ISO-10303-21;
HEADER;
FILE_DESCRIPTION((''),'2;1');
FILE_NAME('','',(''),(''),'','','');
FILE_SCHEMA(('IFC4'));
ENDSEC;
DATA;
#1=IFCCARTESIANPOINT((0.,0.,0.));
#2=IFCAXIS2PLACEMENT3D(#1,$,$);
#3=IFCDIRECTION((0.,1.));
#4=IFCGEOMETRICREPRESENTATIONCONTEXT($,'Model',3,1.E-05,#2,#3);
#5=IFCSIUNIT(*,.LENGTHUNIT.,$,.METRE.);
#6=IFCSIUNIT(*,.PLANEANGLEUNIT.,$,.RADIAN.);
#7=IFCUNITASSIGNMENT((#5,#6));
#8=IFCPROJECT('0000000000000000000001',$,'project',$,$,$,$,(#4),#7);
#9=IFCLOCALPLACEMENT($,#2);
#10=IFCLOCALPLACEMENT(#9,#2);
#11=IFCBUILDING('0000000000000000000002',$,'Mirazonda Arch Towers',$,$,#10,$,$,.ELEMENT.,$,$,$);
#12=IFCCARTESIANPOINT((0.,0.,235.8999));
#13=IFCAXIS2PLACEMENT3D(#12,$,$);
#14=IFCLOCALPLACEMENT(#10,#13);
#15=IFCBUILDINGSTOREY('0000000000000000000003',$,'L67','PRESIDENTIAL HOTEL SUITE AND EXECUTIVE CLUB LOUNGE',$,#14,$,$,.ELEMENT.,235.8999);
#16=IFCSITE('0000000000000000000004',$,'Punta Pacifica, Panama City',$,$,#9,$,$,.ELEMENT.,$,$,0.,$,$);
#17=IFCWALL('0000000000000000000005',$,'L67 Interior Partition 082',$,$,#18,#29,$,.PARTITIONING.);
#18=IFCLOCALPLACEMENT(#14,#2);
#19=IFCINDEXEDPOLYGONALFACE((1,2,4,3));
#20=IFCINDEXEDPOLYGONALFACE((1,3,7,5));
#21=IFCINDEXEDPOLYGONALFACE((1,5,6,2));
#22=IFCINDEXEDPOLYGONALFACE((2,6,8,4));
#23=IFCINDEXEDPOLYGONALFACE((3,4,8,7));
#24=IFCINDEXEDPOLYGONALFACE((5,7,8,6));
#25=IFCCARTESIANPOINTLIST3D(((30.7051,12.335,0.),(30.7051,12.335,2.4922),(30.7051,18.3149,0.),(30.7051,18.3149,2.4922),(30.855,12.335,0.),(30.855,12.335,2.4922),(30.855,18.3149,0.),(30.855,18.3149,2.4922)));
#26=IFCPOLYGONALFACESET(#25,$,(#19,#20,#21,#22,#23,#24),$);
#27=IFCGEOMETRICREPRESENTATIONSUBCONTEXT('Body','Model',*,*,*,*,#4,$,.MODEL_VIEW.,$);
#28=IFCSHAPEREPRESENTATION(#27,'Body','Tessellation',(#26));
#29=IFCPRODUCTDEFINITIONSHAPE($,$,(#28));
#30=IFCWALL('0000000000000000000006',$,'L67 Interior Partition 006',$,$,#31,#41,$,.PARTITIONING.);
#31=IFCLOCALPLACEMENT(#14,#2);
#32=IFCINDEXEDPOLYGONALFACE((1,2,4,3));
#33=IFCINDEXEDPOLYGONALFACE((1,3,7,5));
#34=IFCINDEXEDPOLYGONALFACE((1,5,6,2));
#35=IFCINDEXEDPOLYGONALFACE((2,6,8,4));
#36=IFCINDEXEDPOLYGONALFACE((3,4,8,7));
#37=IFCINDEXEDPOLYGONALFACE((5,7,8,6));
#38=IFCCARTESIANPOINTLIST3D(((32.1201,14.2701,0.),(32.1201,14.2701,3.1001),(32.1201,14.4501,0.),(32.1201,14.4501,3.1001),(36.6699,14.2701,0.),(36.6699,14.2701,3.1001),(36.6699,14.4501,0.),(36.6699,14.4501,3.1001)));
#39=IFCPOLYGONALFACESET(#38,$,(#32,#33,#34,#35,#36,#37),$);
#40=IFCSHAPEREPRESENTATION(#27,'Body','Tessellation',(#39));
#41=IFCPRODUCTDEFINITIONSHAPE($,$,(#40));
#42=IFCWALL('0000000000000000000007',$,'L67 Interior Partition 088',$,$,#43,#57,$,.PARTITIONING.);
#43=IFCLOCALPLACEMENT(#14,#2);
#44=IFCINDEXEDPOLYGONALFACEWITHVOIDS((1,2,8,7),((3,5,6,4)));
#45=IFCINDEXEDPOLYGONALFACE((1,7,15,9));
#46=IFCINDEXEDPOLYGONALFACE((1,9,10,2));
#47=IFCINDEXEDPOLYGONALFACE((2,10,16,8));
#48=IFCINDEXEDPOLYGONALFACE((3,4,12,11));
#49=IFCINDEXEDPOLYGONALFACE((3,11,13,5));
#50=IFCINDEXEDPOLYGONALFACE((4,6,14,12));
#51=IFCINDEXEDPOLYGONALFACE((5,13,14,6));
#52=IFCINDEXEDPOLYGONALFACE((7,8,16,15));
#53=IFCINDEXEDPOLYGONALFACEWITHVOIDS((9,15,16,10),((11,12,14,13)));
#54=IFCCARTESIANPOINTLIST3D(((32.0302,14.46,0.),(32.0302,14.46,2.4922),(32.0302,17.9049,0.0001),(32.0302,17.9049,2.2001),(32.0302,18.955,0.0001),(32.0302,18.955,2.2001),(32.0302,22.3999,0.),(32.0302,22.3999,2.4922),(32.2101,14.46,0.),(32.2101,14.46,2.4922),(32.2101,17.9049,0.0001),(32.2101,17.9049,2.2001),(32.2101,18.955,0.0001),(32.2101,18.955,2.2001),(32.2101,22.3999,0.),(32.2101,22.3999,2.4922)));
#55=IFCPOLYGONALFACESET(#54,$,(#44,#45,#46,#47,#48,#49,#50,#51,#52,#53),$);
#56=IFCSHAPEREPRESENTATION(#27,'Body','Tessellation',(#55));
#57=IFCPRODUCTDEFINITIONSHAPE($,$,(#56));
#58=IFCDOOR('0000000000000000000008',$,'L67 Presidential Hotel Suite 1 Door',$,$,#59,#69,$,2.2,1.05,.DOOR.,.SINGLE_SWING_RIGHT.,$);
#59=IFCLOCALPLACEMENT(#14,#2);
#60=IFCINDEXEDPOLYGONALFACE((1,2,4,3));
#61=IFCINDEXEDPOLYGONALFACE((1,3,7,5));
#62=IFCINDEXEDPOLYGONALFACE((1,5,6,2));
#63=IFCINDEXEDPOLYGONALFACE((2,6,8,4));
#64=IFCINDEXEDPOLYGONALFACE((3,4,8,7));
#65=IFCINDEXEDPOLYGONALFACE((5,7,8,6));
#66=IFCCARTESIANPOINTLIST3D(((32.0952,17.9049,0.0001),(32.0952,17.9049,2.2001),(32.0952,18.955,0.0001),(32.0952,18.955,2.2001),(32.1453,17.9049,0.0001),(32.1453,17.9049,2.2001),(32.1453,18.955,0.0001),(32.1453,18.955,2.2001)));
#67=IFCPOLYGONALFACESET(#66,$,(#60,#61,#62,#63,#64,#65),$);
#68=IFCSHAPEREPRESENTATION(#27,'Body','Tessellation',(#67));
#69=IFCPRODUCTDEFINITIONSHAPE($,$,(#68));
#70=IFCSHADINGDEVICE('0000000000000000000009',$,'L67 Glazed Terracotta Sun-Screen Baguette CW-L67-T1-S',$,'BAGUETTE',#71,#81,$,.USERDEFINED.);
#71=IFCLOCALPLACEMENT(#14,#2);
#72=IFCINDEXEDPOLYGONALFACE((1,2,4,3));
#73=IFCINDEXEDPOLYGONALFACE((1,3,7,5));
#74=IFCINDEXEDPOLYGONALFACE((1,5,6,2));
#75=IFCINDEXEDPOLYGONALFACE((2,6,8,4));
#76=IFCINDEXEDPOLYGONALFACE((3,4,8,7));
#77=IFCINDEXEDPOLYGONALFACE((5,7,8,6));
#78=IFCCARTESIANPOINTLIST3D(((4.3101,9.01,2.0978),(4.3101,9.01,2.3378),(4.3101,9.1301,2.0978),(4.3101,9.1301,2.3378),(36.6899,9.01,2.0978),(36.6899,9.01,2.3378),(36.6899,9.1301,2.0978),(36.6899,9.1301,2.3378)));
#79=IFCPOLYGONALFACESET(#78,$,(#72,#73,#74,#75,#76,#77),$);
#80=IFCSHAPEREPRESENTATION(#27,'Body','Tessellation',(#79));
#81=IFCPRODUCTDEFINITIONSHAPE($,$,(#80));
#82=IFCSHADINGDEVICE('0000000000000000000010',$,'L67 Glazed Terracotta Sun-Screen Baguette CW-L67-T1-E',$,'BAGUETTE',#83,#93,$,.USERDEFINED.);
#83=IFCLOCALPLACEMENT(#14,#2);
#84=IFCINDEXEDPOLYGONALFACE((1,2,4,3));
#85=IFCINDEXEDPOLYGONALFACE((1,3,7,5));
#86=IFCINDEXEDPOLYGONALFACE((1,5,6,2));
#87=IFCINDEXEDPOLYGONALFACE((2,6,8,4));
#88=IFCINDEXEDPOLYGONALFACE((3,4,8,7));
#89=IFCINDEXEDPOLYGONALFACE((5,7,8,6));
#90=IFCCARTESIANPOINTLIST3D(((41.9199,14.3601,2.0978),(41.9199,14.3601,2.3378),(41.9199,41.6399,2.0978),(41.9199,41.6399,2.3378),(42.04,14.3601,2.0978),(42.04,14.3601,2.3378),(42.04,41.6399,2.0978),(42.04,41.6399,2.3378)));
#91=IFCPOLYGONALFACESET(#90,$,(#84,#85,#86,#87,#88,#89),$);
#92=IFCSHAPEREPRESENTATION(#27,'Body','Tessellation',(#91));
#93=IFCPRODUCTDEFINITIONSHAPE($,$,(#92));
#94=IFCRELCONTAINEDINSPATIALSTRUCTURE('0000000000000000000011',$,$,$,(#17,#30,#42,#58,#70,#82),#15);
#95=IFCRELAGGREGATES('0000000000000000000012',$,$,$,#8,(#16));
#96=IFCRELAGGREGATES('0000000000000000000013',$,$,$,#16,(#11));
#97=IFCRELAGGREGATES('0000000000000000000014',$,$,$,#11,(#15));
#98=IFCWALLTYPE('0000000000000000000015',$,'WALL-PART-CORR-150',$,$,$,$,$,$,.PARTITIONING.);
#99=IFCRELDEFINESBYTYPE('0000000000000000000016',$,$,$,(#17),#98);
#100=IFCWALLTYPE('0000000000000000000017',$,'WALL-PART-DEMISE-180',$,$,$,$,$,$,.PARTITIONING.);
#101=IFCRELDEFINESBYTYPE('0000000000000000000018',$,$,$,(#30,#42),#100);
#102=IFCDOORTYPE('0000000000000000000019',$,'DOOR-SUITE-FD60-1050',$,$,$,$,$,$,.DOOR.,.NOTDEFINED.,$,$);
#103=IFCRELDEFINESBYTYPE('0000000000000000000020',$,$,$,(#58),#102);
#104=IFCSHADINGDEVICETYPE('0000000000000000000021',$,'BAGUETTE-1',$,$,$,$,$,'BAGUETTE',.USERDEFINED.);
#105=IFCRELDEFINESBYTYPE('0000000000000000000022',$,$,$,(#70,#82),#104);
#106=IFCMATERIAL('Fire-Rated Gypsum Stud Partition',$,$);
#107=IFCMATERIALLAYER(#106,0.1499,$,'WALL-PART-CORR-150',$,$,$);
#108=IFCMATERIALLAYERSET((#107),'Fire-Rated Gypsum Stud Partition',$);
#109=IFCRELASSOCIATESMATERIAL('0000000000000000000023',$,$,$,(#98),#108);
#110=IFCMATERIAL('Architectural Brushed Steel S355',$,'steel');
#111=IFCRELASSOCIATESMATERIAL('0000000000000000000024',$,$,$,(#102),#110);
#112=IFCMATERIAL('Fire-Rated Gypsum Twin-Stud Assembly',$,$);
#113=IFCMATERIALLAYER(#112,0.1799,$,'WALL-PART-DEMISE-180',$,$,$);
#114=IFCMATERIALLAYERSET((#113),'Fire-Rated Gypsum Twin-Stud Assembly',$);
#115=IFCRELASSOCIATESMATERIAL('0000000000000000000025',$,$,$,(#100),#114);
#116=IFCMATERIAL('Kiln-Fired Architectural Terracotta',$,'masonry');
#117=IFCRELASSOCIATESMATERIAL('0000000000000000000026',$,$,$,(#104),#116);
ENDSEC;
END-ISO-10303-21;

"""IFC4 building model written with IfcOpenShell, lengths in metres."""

from ifc_helpers import new_model, si_unit, direction, frame, frame_2d, origin, origin_2d, place, context, subcontext, project, spatial, rectangle, extrude, material, layer, layer_set, material_profile, profile_set, type_object, element, fill, save


model = new_model("IFC4")

# Units and contexts
model_context = context("Model", 3, precision=1e-05, world=origin(), true_north=direction((0.0, 1.0)))
body_context = subcontext(model_context, "Body", "Model", "MODEL_VIEW")
ifc_project = project(units=[si_unit("LENGTHUNIT", "METRE"), si_unit("PLANEANGLEUNIT", "RADIAN")], contexts=[model_context])

# Site, building, storey
site_placement = place(None, origin())
site = spatial("IfcSite", under=ifc_project, at=site_placement, Name="Punta Pacifica, Panama City", CompositionType="ELEMENT", RefElevation=0.0)
building_placement = place(site_placement, origin())
building = spatial("IfcBuilding", under=site, at=building_placement, Name="Mirazonda Arch Towers", CompositionType="ELEMENT")
storey_placement = place(building_placement, frame((0.0, 0.0, 235.8999)))
storey = spatial("IfcBuildingStorey", under=building, at=storey_placement, Name="L67", Description="PRESIDENTIAL HOTEL SUITE AND EXECUTIVE CLUB LOUNGE", CompositionType="ELEMENT", Elevation=235.8999)

# Shared definitions
ifc_material_1 = material(Name="Fire-Rated Gypsum Stud Partition")
ifc_layer_1 = layer(ifc_material_1, 0.1499, Name="WALL-PART-CORR-150")
ifc_layer_set_1 = layer_set([ifc_layer_1], Name="Fire-Rated Gypsum Stud Partition")
wall_type_1 = type_object("IfcWallType", Name="WALL-PART-CORR-150", PredefinedType="PARTITIONING", material=ifc_layer_set_1)
ifc_material_2 = material(Name="Architectural Brushed Steel S355", Category="steel")
door_type_1 = type_object("IfcDoorType", Name="DOOR-SUITE-FD60-1050", OperationType="NOTDEFINED", PredefinedType="DOOR", material=ifc_material_2)

# Walls
wall_1_placement = place(storey_placement, frame((30.78, 12.335, 0.0), z_axis=(0.0, 0.0, 1.0), x_axis=(0.0, 1.0, 0.0)))
element("IfcWall", 1, at=wall_1_placement, inside=storey, type_object=wall_type_1, Name="L67 Interior Partition 082", PredefinedType="PARTITIONING", context=body_context, shape_type="SweptSolid", body=[
    extrude(rectangle(XDim=5.98, YDim=0.1499, at=frame_2d((2.99, 0.0))), origin(), (0.0, 0.0, 1.0), 2.4922),
])
ifc_material_3 = material(Name="Fire-Rated Gypsum Twin-Stud Assembly")
ifc_layer_2 = layer(ifc_material_3, 0.1799, Name="WALL-PART-DEMISE-180")
ifc_layer_set_2 = layer_set([ifc_layer_2], Name="Fire-Rated Gypsum Twin-Stud Assembly")
wall_type_2 = type_object("IfcWallType", Name="WALL-PART-DEMISE-180", PredefinedType="PARTITIONING", material=ifc_layer_set_2)
wall_2_placement = place(storey_placement, frame((32.1201, 14.3601, 0.0), z_axis=(0.0, 0.0, 1.0), x_axis=(1.0, 0.0, 0.0)))
element("IfcWall", 2, at=wall_2_placement, inside=storey, type_object=wall_type_2, Name="L67 Interior Partition 006", PredefinedType="PARTITIONING", context=body_context, shape_type="SweptSolid", body=[
    extrude(rectangle(XDim=4.5498, YDim=0.1799, at=frame_2d((2.2749, 0.0))), origin(), (0.0, 0.0, 1.0), 3.1001),
])

# Wall, opening, door
wall_3_placement = place(storey_placement, frame((32.1201, 14.46, 0.0), z_axis=(0.0, 0.0, 1.0), x_axis=(0.0, 1.0, 0.0)))
wall_3 = element("IfcWall", 3, at=wall_3_placement, inside=storey, type_object=wall_type_2, Name="L67 Interior Partition 088", PredefinedType="PARTITIONING", context=body_context, shape_type="SweptSolid", body=[
    extrude(rectangle(XDim=7.9399, YDim=0.1799, at=frame_2d((3.97, 0.0))), origin(), (0.0, 0.0, 1.0), 2.4922),
])
opening_1_placement = place(wall_3_placement, frame((3.4451, 0.0, 0.0)))
opening_1 = element("IfcOpeningElement", 4, at=opening_1_placement, cuts=wall_3, PredefinedType="OPENING", context=body_context, shape_type="SweptSolid", body=[
    extrude(rectangle(XDim=1.05, YDim=2.2, at=frame_2d((0.5249, 1.1001))), frame((0.0, 0.0999, 0.0), z_axis=(0.0, -1.0, 0.0), x_axis=(1.0, 0.0, 0.0)), (0.0, 0.0, 1.0), 0.2),
])
door_1_placement = place(opening_1_placement, origin())
door_1 = element("IfcDoor", 5, at=door_1_placement, inside=storey, type_object=door_type_1, Name="L67 Presidential Hotel Suite 1 Door", OperationType="SINGLE_SWING_RIGHT", OverallHeight=2.2, OverallWidth=1.05, PredefinedType="DOOR", context=body_context, shape_type="SweptSolid", body=[
    extrude(rectangle(XDim=1.05, YDim=2.2, at=frame_2d((0.5249, 1.1001))), frame((0.0, 0.0249, 0.0), z_axis=(0.0, -1.0, 0.0), x_axis=(1.0, 0.0, 0.0)), (0.0, 0.0, 1.0), 0.05),
])
fill(opening_1, door_1)

# Shading devices
ifc_material_4 = material(Name="Kiln-Fired Architectural Terracotta", Category="masonry")
ifc_material_profile_1 = material_profile(ifc_material_4, rectangle(XDim=0.1201, YDim=0.24, at=origin_2d()), Name="TERRA-BAG-120x240")
ifc_profile_set_1 = profile_set([ifc_material_profile_1], Name="Kiln-Fired Architectural Terracotta")
shading_device_type = type_object("IfcShadingDeviceType", Name="BAGUETTE-1", ElementType="BAGUETTE", PredefinedType="USERDEFINED", material=ifc_profile_set_1)
shading_device_1_placement = place(storey_placement, frame((36.6899, 9.0701, 2.2178), z_axis=(-1.0, 0.0, 0.0), x_axis=(0.0, -1.0, 0.0)))
element("IfcShadingDevice", 6, at=shading_device_1_placement, inside=storey, type_object=shading_device_type, Name="L67 Glazed Terracotta Sun-Screen Baguette CW-L67-T1-S", ObjectType="BAGUETTE", PredefinedType="USERDEFINED", context=body_context, shape_type="SweptSolid", body=[
    extrude(rectangle(XDim=0.1201, YDim=0.24, at=origin_2d()), origin(), (0.0, 0.0, 1.0), 32.3799),
])
shading_device_2_placement = place(storey_placement, frame((41.98, 14.3601, 2.2178), z_axis=(0.0, 1.0, 0.0), x_axis=(-1.0, 0.0, 0.0)))
element("IfcShadingDevice", 7, at=shading_device_2_placement, inside=storey, type_object=shading_device_type, Name="L67 Glazed Terracotta Sun-Screen Baguette CW-L67-T1-E", ObjectType="BAGUETTE", PredefinedType="USERDEFINED", context=body_context, shape_type="SweptSolid", body=[
    extrude(rectangle(XDim=0.1201, YDim=0.24, at=origin_2d()), origin(), (0.0, 0.0, 1.0), 27.2798),
])

save(model, "model.ifc")
